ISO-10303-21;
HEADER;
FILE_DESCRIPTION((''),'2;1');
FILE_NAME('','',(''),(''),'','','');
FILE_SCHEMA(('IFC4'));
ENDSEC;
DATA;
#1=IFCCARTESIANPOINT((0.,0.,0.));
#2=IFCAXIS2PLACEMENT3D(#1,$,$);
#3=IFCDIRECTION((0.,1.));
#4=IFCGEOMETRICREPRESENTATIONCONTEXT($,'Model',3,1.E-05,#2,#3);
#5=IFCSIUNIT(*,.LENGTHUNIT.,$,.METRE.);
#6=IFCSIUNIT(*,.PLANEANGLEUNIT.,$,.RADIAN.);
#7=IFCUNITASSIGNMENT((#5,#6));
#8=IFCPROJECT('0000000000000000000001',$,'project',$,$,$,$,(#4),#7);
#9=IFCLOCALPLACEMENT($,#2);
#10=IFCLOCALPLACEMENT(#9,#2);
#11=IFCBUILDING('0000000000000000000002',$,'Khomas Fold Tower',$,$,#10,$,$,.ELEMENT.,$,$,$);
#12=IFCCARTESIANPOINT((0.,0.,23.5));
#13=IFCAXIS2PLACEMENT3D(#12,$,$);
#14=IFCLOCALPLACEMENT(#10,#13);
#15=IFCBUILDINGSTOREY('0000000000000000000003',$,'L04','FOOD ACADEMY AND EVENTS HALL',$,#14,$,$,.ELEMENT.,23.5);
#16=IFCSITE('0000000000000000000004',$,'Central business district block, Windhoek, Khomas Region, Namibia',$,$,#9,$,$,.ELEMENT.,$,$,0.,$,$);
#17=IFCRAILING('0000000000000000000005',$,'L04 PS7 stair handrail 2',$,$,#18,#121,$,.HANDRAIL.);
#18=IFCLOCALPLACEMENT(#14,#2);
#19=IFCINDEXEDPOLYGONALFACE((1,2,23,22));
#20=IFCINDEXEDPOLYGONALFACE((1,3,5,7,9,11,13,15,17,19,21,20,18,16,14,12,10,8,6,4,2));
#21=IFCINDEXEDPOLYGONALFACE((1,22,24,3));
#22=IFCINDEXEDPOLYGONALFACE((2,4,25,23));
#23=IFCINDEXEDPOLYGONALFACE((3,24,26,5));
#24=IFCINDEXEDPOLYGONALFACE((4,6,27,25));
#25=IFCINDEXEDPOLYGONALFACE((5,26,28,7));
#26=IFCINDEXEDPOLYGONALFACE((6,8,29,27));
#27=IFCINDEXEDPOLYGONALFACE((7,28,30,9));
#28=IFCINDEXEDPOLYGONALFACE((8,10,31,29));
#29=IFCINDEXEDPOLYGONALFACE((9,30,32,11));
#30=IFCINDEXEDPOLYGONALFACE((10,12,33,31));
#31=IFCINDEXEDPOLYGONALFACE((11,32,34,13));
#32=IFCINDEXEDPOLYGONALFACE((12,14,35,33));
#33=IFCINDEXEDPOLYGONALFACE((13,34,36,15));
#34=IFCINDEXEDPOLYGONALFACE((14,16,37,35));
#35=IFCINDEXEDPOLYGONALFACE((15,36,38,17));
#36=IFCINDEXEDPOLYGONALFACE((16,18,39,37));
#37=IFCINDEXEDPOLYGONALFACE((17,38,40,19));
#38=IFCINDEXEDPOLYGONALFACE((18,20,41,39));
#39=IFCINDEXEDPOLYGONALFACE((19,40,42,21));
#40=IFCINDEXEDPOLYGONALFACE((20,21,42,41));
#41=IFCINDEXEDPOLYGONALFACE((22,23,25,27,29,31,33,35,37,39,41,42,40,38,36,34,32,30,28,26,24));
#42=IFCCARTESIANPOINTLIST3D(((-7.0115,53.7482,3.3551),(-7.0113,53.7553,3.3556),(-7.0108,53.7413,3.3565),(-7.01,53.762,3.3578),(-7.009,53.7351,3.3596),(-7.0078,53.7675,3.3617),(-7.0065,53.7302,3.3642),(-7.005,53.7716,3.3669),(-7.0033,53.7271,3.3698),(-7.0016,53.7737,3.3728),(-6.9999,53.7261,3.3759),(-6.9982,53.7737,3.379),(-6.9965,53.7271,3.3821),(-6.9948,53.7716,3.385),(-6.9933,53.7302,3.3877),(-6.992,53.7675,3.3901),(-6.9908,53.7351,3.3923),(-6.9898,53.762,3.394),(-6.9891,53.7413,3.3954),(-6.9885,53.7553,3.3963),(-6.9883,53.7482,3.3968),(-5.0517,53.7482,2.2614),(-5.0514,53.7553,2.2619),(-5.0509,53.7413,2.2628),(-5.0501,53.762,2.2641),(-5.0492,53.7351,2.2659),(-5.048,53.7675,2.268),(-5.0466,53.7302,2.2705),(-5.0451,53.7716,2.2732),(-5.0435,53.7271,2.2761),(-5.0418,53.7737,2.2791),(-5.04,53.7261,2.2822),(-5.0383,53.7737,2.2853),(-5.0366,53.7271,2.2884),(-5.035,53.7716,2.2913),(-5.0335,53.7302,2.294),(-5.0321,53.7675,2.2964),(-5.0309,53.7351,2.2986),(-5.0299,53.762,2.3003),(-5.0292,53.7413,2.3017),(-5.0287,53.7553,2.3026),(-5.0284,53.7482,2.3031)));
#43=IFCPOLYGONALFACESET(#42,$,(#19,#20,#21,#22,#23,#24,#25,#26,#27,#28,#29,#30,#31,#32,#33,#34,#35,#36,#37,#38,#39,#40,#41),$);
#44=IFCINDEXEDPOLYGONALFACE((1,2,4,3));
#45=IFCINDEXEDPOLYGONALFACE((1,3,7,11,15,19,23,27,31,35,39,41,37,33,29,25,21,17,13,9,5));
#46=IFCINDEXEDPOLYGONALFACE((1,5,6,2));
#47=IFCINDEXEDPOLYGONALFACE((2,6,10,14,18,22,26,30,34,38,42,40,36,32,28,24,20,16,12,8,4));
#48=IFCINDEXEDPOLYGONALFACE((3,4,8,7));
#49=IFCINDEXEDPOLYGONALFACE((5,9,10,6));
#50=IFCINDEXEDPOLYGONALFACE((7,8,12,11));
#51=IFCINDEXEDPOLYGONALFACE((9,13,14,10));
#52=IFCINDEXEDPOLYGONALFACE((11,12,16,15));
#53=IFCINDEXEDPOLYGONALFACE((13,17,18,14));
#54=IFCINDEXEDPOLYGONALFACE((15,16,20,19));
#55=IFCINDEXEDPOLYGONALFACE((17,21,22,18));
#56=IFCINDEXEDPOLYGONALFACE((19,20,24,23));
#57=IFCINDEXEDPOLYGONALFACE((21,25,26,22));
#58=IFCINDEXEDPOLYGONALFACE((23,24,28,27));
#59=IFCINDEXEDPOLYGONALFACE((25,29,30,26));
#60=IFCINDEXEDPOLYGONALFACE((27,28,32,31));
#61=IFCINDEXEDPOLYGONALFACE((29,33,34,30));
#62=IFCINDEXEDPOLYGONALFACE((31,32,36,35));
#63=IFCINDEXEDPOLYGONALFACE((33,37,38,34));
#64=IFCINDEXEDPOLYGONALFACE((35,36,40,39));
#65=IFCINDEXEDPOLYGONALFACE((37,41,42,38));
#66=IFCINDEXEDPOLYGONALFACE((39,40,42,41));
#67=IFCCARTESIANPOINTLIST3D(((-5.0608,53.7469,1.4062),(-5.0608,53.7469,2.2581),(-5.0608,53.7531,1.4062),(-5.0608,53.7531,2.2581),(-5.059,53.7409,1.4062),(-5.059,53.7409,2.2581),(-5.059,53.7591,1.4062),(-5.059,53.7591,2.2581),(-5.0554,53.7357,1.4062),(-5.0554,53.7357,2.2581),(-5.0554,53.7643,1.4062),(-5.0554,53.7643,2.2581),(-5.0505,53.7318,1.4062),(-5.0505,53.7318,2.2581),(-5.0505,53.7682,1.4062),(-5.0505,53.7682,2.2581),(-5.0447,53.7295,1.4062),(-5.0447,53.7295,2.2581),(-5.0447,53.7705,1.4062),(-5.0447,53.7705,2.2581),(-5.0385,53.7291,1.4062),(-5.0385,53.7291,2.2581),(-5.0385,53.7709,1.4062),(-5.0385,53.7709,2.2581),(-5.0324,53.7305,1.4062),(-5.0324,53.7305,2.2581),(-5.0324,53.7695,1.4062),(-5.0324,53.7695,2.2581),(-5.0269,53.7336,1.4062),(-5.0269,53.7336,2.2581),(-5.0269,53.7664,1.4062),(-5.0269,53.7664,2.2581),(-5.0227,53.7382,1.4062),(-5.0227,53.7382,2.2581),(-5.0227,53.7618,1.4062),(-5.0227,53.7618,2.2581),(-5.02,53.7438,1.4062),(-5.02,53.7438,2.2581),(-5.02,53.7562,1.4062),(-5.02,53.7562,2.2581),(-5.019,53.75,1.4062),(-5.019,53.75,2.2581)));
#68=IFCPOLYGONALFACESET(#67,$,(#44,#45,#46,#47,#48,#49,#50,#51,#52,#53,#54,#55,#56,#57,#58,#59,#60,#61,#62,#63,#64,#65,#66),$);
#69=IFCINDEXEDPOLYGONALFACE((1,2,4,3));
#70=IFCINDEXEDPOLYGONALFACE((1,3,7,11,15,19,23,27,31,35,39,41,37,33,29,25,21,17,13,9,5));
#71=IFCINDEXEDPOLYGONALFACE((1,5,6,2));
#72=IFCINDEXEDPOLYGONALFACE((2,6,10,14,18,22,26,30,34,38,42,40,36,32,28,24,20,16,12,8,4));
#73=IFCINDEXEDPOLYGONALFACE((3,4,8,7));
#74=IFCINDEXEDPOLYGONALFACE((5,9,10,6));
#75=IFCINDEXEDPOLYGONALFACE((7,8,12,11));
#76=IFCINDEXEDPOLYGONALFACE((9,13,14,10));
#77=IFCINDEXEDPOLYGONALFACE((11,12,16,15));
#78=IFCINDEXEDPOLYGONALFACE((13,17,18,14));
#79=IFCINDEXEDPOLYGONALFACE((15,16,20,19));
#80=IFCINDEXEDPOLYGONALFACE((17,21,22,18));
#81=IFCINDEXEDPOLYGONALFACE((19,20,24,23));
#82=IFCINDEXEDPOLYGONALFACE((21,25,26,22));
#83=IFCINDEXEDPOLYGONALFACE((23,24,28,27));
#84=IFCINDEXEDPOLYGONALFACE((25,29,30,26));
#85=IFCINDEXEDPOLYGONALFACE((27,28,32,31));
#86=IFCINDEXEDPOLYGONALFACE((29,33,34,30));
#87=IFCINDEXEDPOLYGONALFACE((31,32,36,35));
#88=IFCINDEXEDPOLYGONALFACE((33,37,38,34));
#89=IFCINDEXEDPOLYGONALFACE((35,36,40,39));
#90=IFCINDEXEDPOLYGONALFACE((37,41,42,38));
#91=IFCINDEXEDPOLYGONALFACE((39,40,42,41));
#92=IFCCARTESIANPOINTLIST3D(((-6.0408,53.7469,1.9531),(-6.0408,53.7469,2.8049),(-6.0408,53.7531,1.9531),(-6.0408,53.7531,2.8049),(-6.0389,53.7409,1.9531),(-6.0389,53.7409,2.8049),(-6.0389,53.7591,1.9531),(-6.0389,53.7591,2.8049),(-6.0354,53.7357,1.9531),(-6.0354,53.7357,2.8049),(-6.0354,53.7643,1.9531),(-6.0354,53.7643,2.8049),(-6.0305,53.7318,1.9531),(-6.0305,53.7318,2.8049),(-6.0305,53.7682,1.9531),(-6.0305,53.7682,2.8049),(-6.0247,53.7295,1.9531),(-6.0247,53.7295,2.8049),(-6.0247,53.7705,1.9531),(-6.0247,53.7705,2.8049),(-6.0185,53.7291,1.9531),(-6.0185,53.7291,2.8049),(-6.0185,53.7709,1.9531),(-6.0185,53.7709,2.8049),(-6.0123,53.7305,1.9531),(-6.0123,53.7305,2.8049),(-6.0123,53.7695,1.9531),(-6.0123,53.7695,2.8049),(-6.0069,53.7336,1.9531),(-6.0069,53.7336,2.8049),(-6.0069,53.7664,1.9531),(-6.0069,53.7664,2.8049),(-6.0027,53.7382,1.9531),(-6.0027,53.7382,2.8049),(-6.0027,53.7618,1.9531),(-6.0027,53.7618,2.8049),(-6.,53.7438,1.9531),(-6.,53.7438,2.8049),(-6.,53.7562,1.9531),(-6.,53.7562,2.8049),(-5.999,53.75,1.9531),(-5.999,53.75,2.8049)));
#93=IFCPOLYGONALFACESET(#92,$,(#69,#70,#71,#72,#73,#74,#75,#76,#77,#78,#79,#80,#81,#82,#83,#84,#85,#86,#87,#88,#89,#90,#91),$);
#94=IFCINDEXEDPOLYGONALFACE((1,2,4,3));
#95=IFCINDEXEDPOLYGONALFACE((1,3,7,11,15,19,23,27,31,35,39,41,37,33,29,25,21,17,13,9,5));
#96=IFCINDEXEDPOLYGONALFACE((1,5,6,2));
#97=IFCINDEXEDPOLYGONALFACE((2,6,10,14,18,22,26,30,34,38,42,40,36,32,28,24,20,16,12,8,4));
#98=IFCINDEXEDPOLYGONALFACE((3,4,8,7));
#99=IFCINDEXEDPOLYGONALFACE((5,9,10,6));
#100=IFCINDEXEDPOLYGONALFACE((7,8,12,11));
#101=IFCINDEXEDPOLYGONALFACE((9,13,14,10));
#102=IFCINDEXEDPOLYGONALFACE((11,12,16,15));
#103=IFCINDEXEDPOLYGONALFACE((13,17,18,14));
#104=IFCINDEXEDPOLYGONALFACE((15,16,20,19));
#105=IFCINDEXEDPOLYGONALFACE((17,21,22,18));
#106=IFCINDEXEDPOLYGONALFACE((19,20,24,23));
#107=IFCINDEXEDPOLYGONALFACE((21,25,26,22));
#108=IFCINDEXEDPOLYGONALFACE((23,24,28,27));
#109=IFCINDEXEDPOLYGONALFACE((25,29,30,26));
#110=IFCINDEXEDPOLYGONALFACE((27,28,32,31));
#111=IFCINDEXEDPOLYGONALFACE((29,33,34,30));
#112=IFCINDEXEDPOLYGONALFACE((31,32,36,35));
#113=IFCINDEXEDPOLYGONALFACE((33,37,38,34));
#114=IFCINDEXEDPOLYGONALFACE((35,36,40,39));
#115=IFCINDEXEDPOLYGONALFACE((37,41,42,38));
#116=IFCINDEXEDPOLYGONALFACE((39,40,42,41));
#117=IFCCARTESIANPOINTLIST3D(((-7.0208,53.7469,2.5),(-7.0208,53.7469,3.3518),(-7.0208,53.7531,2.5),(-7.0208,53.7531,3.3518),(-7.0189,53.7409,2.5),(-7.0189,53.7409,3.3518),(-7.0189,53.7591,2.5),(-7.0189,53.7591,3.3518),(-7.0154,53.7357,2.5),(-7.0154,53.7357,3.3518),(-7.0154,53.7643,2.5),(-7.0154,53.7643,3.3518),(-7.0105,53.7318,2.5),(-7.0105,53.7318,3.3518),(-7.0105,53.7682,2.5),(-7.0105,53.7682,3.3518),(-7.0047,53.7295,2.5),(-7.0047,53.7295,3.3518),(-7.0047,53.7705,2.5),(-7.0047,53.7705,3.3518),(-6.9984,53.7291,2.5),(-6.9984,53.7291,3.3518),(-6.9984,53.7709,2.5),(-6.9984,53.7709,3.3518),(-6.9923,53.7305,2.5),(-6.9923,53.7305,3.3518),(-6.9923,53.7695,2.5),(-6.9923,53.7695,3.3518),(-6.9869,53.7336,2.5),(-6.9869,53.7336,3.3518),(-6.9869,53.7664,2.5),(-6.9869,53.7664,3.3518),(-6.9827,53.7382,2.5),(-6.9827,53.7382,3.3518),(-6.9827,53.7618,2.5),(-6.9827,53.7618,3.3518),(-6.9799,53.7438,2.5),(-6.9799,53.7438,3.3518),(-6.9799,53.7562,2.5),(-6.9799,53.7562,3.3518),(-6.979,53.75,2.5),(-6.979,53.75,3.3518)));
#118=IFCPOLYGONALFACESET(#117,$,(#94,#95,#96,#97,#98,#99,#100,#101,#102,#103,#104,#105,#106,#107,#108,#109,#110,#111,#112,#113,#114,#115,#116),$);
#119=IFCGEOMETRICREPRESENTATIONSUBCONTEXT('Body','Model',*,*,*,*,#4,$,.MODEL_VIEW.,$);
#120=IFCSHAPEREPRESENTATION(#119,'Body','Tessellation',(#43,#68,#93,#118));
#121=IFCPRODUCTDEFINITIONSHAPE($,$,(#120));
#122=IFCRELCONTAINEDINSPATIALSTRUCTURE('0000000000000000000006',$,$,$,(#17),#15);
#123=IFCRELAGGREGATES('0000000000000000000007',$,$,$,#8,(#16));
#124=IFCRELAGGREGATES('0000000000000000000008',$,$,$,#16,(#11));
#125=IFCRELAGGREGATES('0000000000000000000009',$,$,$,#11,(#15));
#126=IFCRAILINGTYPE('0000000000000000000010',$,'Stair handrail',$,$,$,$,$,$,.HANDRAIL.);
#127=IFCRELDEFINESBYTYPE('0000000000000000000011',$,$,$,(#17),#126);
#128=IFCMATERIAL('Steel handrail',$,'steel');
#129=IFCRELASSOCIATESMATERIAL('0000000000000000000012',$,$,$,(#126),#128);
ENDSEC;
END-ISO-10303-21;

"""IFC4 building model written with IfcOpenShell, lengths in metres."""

from ifc_helpers import new_model, si_unit, direction, frame, origin, origin_2d, place, context, subcontext, project, spatial, circle, extrude, source, transform, mapped, material, type_object, element, save


model = new_model("IFC4")

# Units and contexts
model_context = context("Model", 3, precision=1e-05, world=origin(), true_north=direction((0.0, 1.0)))
body_context = subcontext(model_context, "Body", "Model", "MODEL_VIEW")
ifc_project = project(units=[si_unit("LENGTHUNIT", "METRE"), si_unit("PLANEANGLEUNIT", "RADIAN")], contexts=[model_context])

# Site, building, storey
site_placement = place(None, origin())
site = spatial("IfcSite", under=ifc_project, at=site_placement, Name="Central business district block, Windhoek, Khomas Region, Namibia", CompositionType="ELEMENT", RefElevation=0.0)
building_placement = place(site_placement, origin())
building = spatial("IfcBuilding", under=site, at=building_placement, Name="Khomas Fold Tower", CompositionType="ELEMENT")
storey_placement = place(building_placement, frame((0.0, 0.0, 23.5)))
storey = spatial("IfcBuildingStorey", under=building, at=storey_placement, Name="L04", Description="FOOD ACADEMY AND EVENTS HALL", CompositionType="ELEMENT", Elevation=23.5)

# Railing
ifc_material_1 = material(Name="Steel handrail", Category="steel")
railing_type_1 = type_object("IfcRailingType", Name="Stair handrail", PredefinedType="HANDRAIL", material=ifc_material_1)
shared_shape_1 = source(origin(), body_context, "Body", "SweptSolid", [
    extrude(circle(Radius=0.0239, at=origin_2d()), frame((0.0, 0.0, 0.876), z_axis=(-0.873232, 0.0, 0.487304), x_axis=(0.0, -1.0, 0.0)), (0.0, 0.0, 1.0), 2.2444),
    extrude(circle(Radius=0.021, at=origin_2d()), origin(), (0.0, 0.0, 1.0), 0.8518),
    extrude(circle(Radius=0.021, at=origin_2d()), frame((-0.98, 0.0, 0.5469)), (0.0, 0.0, 1.0), 0.8518),
    extrude(circle(Radius=0.021, at=origin_2d()), frame((-1.96, 0.0, 1.0938)), (0.0, 0.0, 1.0), 0.8518),
])
for number, where, name in (
    (1, (-5.04, 53.75, 1.4062), "L04 PS7 stair handrail 2"),
):
    element("IfcRailing", number, at=place(storey_placement, frame(where)), inside=storey, type_object=railing_type_1, Name=name, PredefinedType="HANDRAIL", context=body_context, shape_type="MappedRepresentation", body=[
        mapped(shared_shape_1, transform((0.0, 0.0, 0.0))),
    ])

save(model, "model.ifc")
